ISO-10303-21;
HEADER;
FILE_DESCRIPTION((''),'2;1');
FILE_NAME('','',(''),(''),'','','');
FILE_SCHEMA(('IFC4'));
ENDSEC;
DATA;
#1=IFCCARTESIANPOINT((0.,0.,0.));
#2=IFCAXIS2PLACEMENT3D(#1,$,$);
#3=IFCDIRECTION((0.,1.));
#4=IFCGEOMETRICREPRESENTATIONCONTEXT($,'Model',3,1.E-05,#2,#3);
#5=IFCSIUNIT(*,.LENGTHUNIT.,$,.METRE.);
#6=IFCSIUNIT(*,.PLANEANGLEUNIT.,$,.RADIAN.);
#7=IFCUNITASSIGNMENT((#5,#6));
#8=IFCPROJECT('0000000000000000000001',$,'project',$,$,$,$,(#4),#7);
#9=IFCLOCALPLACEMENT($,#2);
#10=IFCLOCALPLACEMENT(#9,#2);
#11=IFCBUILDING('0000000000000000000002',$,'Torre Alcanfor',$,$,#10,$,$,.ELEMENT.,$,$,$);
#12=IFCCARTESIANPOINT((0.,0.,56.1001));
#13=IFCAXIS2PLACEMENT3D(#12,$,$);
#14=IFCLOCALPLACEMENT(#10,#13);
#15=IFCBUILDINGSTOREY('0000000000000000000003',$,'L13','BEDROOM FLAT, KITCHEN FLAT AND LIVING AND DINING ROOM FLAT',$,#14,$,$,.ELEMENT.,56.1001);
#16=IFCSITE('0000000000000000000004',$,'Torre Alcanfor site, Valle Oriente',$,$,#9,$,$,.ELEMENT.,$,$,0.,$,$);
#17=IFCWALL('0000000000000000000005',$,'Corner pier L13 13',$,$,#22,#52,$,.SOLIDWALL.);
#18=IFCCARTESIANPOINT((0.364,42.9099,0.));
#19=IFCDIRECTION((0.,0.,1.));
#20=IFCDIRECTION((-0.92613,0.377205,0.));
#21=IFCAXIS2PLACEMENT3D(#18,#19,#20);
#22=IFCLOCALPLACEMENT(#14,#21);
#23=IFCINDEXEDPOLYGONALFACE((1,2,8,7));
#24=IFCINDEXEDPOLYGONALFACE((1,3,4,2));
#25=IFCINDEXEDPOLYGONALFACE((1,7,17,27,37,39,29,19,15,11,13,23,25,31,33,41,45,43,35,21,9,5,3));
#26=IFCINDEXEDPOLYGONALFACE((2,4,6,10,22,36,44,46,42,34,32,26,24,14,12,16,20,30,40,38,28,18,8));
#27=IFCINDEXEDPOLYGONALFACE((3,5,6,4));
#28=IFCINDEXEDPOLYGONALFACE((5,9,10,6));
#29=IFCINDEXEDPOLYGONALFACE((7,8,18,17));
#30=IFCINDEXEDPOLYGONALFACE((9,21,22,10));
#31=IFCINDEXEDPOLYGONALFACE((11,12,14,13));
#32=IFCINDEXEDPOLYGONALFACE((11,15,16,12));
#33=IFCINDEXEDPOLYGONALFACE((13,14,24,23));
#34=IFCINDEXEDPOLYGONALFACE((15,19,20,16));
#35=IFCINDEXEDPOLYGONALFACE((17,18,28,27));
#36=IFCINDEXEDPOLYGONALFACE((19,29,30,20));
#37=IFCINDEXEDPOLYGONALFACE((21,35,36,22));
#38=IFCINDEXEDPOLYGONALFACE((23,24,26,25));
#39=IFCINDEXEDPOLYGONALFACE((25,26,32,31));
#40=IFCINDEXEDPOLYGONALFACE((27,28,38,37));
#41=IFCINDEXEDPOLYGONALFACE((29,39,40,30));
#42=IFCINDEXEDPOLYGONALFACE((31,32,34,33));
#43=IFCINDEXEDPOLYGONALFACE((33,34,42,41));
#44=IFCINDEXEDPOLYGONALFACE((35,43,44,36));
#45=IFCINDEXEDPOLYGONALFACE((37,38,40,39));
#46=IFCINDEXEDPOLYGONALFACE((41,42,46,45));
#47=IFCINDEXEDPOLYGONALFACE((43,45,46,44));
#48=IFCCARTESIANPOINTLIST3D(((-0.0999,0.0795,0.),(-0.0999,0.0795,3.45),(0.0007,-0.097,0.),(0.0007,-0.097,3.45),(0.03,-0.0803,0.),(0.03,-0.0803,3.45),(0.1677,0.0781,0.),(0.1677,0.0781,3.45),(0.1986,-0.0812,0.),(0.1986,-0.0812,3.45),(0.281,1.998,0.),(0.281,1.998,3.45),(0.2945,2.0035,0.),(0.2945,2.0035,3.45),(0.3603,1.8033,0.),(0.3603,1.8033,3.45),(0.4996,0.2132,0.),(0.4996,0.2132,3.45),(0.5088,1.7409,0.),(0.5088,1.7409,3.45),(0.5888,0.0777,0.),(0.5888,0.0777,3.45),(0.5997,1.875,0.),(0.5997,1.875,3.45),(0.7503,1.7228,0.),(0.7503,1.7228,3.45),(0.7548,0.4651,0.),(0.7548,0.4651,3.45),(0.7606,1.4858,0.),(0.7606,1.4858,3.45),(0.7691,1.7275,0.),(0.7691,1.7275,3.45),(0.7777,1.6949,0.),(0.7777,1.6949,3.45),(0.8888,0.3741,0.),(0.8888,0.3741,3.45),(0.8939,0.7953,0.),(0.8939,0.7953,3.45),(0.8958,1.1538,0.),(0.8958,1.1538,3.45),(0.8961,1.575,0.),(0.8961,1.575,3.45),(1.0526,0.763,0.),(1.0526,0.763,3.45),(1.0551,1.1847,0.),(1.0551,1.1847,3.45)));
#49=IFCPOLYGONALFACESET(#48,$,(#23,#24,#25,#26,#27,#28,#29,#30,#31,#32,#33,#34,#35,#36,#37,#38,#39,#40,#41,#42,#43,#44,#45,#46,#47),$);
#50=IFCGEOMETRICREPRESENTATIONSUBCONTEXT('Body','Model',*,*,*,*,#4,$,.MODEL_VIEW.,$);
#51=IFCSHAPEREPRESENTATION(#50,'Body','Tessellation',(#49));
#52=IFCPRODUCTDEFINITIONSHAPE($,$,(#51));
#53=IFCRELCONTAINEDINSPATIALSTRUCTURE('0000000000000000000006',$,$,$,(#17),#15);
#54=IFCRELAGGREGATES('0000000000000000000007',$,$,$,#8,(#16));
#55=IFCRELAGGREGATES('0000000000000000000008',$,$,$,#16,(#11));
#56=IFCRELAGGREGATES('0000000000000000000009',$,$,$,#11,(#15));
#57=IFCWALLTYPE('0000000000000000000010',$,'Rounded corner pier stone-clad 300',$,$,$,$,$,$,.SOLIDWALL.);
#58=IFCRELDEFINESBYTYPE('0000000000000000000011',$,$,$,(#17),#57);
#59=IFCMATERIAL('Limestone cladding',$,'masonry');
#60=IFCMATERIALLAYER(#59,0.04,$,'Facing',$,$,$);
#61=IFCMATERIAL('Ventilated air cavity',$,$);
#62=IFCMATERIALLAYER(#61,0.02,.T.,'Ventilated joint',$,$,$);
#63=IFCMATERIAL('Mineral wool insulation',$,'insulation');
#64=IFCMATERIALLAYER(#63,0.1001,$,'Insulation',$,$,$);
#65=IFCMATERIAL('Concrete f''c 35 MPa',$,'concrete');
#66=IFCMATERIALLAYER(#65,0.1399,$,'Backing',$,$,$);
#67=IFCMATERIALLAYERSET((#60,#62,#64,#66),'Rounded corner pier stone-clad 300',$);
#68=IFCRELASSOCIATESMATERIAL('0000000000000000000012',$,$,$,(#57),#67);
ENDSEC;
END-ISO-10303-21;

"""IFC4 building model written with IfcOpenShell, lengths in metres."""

from ifc_helpers import new_model, si_unit, direction, frame, origin, place, context, subcontext, project, spatial, polyline, outline, extrude, material, layer, layer_set, type_object, element, save


model = new_model("IFC4")

# Units and contexts
model_context = context("Model", 3, precision=1e-05, world=origin(), true_north=direction((0.0, 1.0)))
body_context = subcontext(model_context, "Body", "Model", "MODEL_VIEW")
ifc_project = project(units=[si_unit("LENGTHUNIT", "METRE"), si_unit("PLANEANGLEUNIT", "RADIAN")], contexts=[model_context])

# Site, building, storey
site_placement = place(None, origin())
site = spatial("IfcSite", under=ifc_project, at=site_placement, Name="Torre Alcanfor site, Valle Oriente", CompositionType="ELEMENT", RefElevation=0.0)
building_placement = place(site_placement, origin())
building = spatial("IfcBuilding", under=site, at=building_placement, Name="Torre Alcanfor", CompositionType="ELEMENT")
storey_placement = place(building_placement, frame((0.0, 0.0, 56.1001)))
storey = spatial("IfcBuildingStorey", under=building, at=storey_placement, Name="L13", Description="BEDROOM FLAT, KITCHEN FLAT AND LIVING AND DINING ROOM FLAT", CompositionType="ELEMENT", Elevation=56.1001)

# Shared definitions
ifc_material_1 = material(Name="Limestone cladding", Category="masonry")
ifc_material_2 = material(Name="Ventilated air cavity")
ifc_material_3 = material(Name="Mineral wool insulation", Category="insulation")
ifc_material_4 = material(Name="Concrete f'c 35 MPa", Category="concrete")

# Wall
ifc_layer_1 = layer(ifc_material_1, 0.04, Name="Facing")
ifc_layer_2 = layer(ifc_material_2, 0.02, ventilated=True, Name="Ventilated joint")
ifc_layer_3 = layer(ifc_material_3, 0.1001, Name="Insulation")
ifc_layer_4 = layer(ifc_material_4, 0.1399, Name="Backing")
ifc_layer_set_1 = layer_set([ifc_layer_1, ifc_layer_2, ifc_layer_3, ifc_layer_4], Name="Rounded corner pier stone-clad 300")
wall_type_1 = type_object("IfcWallType", Name="Rounded corner pier stone-clad 300", PredefinedType="SOLIDWALL", material=ifc_layer_set_1)
wall_1_placement = place(storey_placement, frame((0.364, 42.9099, 0.0), z_axis=(0.0, 0.0, 1.0), x_axis=(-0.92613, 0.377205, 0.0)))
element("IfcWall", 1, at=wall_1_placement, inside=storey, type_object=wall_type_1, Name="Corner pier L13 13", PredefinedType="SOLIDWALL", context=body_context, shape_type="SweptSolid", body=[
    extrude(outline(polyline([(0.3603, 1.8033), (0.5088, 1.7409), (0.7606, 1.4858), (0.8958, 1.1538), (0.8939, 0.7953), (0.7548, 0.4651), (0.4996, 0.2132), (0.1677, 0.0781), (-0.0999, 0.0795), (0.0007, -0.097), (0.03, -0.0803), (0.1986, -0.0812), (0.5888, 0.0777), (0.8888, 0.3741), (1.0526, 0.763), (1.0551, 1.1847), (0.8961, 1.575), (0.7777, 1.6949), (0.7691, 1.7275), (0.7503, 1.7228), (0.5997, 1.875), (0.2945, 2.0035), (0.281, 1.998), (0.3603, 1.8033)])), origin(), (0.0, 0.0, 1.0), 3.45),
])

save(model, "model.ifc")
